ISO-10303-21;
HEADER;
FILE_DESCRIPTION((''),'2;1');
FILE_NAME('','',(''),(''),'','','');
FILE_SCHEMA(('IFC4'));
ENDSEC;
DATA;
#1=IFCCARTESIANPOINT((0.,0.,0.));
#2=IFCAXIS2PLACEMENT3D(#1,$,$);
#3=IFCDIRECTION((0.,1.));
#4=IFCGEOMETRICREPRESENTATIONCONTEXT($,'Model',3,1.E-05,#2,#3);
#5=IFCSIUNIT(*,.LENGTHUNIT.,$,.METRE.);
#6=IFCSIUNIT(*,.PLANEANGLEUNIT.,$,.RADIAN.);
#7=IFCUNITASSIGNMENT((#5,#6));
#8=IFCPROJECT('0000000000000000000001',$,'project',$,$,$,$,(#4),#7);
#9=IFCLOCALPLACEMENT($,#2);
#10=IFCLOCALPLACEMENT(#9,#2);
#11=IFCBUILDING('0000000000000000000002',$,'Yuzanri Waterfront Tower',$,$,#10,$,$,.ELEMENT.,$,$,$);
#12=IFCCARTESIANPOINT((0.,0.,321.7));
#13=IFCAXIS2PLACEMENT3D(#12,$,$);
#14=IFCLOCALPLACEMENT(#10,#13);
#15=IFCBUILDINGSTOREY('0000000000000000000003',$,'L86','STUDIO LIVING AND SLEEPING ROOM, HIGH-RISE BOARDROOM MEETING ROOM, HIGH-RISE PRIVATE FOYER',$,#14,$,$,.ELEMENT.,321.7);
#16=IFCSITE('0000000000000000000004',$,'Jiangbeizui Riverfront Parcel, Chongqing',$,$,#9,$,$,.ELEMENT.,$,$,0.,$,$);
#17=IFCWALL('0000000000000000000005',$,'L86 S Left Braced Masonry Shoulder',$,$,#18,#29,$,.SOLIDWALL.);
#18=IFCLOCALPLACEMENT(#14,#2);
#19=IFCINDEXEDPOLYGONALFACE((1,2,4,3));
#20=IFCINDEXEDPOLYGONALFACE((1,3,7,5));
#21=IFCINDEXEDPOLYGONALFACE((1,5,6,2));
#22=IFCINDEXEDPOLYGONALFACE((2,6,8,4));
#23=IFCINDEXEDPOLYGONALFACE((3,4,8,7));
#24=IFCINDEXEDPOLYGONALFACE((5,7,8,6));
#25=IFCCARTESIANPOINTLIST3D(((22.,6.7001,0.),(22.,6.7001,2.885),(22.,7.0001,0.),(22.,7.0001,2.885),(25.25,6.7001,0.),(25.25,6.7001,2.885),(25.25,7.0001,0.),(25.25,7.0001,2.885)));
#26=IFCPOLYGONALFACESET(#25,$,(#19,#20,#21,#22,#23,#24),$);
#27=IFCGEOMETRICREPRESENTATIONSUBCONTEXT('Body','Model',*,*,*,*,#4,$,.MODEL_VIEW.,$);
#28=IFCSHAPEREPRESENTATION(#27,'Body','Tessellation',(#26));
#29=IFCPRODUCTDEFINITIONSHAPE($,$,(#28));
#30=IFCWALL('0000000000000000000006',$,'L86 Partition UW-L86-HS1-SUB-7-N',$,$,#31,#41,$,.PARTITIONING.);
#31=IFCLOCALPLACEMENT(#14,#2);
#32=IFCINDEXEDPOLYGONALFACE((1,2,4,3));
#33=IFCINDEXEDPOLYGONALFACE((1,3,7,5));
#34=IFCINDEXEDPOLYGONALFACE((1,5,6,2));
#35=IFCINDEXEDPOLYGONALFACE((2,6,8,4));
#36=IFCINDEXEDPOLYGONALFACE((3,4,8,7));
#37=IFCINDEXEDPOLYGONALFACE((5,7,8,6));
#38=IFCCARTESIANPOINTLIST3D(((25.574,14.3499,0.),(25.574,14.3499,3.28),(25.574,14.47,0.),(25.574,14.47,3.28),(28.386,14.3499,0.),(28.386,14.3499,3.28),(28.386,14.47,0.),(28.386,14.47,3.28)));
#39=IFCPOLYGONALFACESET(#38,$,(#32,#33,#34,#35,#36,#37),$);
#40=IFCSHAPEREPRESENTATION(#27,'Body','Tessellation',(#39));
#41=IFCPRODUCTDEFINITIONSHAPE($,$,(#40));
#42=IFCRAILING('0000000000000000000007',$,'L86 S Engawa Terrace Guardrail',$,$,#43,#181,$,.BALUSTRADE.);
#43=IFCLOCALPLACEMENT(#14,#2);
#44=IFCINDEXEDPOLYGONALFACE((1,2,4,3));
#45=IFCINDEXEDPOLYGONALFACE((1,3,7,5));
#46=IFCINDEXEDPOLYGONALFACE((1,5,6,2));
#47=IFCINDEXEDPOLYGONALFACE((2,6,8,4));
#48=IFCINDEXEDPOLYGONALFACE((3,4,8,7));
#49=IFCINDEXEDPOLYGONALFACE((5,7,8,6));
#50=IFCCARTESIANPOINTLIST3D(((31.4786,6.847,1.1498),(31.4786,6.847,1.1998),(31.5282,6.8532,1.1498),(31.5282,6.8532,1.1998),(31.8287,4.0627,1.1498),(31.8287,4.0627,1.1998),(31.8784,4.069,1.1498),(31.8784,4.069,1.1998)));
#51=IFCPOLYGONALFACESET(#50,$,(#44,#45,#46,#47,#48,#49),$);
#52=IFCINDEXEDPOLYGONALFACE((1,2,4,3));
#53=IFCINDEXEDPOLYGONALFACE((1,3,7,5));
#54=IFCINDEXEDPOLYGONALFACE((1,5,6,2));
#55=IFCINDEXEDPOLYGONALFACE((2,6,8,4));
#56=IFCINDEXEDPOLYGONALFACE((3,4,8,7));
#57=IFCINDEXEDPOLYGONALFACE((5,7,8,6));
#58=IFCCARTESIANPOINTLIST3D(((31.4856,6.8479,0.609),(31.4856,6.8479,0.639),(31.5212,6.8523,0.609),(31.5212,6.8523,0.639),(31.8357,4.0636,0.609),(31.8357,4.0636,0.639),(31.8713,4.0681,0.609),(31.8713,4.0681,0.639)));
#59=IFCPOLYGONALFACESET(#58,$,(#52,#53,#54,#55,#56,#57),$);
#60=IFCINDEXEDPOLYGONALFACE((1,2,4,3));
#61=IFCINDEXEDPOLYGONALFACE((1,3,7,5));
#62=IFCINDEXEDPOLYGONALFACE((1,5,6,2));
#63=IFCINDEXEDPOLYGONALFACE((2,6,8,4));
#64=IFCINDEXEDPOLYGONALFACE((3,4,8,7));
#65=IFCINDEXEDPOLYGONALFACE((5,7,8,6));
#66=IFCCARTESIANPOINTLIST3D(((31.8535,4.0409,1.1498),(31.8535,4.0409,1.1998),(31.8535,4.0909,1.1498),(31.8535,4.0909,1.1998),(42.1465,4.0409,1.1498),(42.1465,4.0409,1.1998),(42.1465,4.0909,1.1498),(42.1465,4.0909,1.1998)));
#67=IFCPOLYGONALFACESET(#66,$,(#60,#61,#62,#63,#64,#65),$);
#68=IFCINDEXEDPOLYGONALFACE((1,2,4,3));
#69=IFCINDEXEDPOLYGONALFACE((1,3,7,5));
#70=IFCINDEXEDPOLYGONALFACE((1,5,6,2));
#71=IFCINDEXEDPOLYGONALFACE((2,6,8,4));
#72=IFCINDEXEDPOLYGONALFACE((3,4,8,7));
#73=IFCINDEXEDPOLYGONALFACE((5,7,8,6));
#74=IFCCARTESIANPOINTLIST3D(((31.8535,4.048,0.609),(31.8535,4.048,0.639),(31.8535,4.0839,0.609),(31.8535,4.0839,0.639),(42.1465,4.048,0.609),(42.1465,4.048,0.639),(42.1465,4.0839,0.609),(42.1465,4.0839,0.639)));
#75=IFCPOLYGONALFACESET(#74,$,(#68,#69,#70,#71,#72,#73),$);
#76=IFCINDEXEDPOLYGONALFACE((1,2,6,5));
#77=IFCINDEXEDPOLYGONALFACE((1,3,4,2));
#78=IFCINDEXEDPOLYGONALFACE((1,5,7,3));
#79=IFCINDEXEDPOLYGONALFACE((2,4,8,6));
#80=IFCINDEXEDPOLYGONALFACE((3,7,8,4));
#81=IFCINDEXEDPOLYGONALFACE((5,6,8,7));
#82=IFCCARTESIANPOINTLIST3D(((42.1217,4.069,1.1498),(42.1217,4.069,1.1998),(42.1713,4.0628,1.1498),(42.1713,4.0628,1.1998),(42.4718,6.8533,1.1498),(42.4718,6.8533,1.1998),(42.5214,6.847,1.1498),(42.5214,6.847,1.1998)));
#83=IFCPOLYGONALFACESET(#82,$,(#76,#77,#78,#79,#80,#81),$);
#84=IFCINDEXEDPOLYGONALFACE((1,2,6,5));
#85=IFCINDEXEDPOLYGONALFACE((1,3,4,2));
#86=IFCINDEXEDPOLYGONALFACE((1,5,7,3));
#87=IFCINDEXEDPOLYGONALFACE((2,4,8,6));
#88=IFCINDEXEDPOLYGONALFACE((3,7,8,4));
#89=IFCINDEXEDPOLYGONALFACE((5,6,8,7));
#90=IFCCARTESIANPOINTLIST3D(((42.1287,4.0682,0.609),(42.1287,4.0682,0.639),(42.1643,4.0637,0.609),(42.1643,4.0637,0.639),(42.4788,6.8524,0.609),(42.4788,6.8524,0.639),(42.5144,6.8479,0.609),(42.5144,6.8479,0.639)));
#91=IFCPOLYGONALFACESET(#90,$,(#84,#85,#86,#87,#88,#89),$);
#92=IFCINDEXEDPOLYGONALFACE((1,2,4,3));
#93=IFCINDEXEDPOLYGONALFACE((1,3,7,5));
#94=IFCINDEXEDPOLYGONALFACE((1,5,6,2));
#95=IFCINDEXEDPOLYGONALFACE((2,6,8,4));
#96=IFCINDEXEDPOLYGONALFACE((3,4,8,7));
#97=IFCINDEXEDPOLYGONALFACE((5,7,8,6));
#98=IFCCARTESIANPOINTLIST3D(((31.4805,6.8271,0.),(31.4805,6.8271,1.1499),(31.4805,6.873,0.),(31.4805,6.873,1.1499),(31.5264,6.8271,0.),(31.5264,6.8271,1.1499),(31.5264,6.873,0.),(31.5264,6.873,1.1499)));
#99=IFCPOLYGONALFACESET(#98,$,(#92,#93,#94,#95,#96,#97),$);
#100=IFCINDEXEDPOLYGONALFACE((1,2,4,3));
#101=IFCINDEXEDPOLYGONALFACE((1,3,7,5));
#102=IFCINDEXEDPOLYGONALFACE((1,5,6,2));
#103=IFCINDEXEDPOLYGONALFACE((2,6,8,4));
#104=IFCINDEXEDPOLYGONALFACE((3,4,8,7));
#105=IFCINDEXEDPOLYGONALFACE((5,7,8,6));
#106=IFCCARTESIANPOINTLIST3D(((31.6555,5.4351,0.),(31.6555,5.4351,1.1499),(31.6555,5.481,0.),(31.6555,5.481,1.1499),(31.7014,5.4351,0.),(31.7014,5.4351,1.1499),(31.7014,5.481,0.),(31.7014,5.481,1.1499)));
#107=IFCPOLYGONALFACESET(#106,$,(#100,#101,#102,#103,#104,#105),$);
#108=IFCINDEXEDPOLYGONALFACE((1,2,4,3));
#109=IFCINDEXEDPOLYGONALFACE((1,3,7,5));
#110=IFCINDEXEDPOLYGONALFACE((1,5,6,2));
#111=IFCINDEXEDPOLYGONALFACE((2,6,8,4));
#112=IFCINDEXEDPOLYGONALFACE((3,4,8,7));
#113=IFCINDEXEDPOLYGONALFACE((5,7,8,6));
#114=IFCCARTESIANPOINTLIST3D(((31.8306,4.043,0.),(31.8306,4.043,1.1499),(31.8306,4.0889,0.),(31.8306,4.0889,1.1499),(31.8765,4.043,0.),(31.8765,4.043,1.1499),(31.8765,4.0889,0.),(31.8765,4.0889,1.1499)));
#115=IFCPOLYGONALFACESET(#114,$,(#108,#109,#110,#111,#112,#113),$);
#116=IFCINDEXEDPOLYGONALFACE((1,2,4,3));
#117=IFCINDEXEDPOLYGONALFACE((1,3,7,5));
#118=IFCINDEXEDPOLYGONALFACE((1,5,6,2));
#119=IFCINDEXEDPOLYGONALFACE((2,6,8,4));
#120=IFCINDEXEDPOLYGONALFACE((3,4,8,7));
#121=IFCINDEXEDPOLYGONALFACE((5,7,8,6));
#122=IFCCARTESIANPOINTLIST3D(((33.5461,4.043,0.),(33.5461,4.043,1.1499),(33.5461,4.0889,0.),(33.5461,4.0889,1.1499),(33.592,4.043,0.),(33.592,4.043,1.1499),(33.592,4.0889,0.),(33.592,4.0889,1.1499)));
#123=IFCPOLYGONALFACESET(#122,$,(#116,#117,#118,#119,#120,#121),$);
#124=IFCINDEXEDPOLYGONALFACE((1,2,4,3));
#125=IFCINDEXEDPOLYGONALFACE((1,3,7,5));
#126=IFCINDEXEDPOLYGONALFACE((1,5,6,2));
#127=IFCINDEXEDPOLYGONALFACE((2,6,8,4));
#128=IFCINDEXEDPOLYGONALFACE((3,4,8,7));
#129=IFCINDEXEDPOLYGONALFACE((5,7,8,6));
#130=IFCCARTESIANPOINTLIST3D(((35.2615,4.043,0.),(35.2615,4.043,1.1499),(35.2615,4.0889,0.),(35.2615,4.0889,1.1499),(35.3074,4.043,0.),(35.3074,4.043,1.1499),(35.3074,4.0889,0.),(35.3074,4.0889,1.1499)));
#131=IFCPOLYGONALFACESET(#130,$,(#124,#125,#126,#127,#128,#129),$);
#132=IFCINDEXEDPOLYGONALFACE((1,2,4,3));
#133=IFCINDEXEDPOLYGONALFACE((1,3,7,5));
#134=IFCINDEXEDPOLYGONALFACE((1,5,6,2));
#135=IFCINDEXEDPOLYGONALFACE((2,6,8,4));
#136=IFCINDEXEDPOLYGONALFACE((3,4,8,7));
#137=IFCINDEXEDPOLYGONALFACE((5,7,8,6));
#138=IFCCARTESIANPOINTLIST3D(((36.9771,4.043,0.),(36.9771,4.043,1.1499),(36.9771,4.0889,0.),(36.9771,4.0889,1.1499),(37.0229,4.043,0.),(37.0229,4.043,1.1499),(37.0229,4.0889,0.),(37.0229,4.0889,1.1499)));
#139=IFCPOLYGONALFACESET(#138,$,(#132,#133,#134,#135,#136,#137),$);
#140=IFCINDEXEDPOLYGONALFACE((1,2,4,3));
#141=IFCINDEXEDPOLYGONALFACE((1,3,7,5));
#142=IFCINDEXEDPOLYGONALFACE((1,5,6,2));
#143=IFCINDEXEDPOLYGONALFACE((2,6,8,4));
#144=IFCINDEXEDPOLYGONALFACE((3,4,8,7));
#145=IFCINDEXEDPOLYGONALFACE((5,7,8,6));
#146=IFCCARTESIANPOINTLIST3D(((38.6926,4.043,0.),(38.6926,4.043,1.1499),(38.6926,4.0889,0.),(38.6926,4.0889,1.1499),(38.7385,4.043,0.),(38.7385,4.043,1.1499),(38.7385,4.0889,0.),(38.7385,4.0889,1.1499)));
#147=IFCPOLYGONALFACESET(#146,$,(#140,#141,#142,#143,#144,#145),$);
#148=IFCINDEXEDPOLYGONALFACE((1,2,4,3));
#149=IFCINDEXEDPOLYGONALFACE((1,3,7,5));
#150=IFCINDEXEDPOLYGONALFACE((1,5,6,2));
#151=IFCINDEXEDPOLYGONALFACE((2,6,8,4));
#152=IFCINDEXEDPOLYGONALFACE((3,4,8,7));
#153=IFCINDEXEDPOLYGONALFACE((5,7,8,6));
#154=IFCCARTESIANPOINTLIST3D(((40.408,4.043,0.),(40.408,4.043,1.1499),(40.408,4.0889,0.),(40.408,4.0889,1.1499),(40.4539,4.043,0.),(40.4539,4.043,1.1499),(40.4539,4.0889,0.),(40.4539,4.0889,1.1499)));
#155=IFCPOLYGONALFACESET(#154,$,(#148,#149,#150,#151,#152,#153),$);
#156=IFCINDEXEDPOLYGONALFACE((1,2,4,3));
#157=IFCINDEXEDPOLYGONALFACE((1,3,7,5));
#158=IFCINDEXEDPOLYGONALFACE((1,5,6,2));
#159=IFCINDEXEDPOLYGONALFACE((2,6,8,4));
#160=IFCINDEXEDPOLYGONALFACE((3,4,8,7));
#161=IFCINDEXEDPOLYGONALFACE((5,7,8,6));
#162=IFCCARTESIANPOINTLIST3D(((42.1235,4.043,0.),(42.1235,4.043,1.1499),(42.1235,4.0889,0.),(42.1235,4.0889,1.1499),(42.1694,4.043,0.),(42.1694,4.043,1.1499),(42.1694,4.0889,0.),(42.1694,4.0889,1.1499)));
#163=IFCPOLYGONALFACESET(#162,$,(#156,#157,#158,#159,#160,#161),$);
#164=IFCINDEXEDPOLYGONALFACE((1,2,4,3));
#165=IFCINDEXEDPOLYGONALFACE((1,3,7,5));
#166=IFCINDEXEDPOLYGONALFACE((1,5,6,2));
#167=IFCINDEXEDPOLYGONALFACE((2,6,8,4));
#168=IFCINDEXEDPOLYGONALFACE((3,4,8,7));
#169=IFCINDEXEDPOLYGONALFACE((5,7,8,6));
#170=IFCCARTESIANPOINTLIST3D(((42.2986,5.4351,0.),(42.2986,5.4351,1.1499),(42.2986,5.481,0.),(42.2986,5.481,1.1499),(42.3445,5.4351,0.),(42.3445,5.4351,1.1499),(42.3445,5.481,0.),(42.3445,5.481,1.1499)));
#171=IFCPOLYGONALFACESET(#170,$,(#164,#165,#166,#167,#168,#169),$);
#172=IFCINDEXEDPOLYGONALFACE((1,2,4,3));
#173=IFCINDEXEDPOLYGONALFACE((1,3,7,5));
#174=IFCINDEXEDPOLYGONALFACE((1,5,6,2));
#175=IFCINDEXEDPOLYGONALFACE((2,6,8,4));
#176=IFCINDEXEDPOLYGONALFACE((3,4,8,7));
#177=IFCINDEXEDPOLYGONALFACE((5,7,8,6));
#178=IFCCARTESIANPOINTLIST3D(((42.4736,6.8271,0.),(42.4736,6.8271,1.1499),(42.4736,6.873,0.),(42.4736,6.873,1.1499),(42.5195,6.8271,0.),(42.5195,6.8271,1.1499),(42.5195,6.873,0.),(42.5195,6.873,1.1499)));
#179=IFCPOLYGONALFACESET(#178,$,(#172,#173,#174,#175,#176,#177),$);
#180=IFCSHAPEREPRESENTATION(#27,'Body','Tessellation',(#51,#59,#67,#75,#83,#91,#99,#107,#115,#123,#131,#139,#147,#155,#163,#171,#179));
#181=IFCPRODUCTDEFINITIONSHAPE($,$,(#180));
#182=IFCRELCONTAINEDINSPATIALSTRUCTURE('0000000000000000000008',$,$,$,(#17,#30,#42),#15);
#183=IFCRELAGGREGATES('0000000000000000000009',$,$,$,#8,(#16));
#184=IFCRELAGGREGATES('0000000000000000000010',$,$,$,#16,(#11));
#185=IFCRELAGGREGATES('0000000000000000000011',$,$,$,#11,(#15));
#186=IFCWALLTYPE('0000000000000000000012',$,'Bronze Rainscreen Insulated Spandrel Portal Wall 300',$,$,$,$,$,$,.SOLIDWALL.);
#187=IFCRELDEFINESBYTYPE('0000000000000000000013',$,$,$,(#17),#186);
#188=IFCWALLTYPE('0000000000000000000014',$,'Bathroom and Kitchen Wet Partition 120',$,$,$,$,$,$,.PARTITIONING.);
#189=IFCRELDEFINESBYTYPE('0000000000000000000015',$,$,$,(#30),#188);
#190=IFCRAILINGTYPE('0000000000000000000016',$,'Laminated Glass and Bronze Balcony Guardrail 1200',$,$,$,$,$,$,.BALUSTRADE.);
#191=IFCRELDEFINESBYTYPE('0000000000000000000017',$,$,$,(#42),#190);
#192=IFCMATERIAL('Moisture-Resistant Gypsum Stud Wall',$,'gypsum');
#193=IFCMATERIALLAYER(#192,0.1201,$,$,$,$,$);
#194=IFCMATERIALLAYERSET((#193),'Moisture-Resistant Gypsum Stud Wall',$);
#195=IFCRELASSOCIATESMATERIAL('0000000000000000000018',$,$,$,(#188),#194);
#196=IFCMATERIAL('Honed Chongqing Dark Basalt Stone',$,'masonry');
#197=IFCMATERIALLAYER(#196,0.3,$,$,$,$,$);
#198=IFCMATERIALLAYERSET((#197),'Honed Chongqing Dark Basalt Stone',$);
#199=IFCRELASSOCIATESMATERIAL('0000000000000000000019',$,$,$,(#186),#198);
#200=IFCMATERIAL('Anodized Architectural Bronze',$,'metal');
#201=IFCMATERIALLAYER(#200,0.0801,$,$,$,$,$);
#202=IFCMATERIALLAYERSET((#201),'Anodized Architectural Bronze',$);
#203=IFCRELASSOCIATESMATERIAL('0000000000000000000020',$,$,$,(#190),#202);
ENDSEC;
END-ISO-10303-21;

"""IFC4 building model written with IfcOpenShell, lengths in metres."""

from ifc_helpers import new_model, si_unit, direction, frame, frame_2d, origin, origin_2d, place, context, subcontext, project, spatial, rectangle, extrude, source, transform, mapped, material, layer, layer_set, type_object, element, save


model = new_model("IFC4")

# Units and contexts
model_context = context("Model", 3, precision=1e-05, world=origin(), true_north=direction((0.0, 1.0)))
body_context = subcontext(model_context, "Body", "Model", "MODEL_VIEW")
ifc_project = project(units=[si_unit("LENGTHUNIT", "METRE"), si_unit("PLANEANGLEUNIT", "RADIAN")], contexts=[model_context])

# Site, building, storey
site_placement = place(None, origin())
site = spatial("IfcSite", under=ifc_project, at=site_placement, Name="Jiangbeizui Riverfront Parcel, Chongqing", CompositionType="ELEMENT", RefElevation=0.0)
building_placement = place(site_placement, origin())
building = spatial("IfcBuilding", under=site, at=building_placement, Name="Yuzanri Waterfront Tower", CompositionType="ELEMENT")
storey_placement = place(building_placement, frame((0.0, 0.0, 321.7)))
storey = spatial("IfcBuildingStorey", under=building, at=storey_placement, Name="L86", Description="STUDIO LIVING AND SLEEPING ROOM, HIGH-RISE BOARDROOM MEETING ROOM, HIGH-RISE PRIVATE FOYER", CompositionType="ELEMENT", Elevation=321.7)

# Shared definitions
ifc_material_1 = material(Name="Moisture-Resistant Gypsum Stud Wall", Category="gypsum")
ifc_layer_1 = layer(ifc_material_1, 0.1201)
ifc_layer_set_1 = layer_set([ifc_layer_1], Name="Moisture-Resistant Gypsum Stud Wall")
wall_type_1 = type_object("IfcWallType", Name="Bathroom and Kitchen Wet Partition 120", PredefinedType="PARTITIONING", material=ifc_layer_set_1)

# Walls
ifc_material_2 = material(Name="Honed Chongqing Dark Basalt Stone", Category="masonry")
ifc_layer_2 = layer(ifc_material_2, 0.3)
ifc_layer_set_2 = layer_set([ifc_layer_2], Name="Honed Chongqing Dark Basalt Stone")
wall_type_2 = type_object("IfcWallType", Name="Bronze Rainscreen Insulated Spandrel Portal Wall 300", PredefinedType="SOLIDWALL", material=ifc_layer_set_2)
shared_shape_1 = source(origin(), body_context, "Body", "SweptSolid", [
    extrude(rectangle(XDim=3.25, YDim=0.3, at=frame_2d((1.625, 0.0))), origin(), (0.0, 0.0, 1.0), 2.885),
])
wall_1_placement = place(storey_placement, frame((22.0, 6.8501, 0.0), z_axis=(0.0, 0.0, 1.0), x_axis=(1.0, 0.0, 0.0)))
element("IfcWall", 1, at=wall_1_placement, inside=storey, type_object=wall_type_2, Name="L86 S Left Braced Masonry Shoulder", PredefinedType="SOLIDWALL", context=body_context, shape_type="MappedRepresentation", body=[
    mapped(shared_shape_1, transform((0.0, 0.0, 0.0), scale=1.0)),
])
shared_shape_2 = source(origin(), body_context, "Body", "SweptSolid", [
    extrude(rectangle(XDim=2.812, YDim=0.1201, at=frame_2d((1.406, 0.0))), origin(), (0.0, 0.0, 1.0), 3.28),
])
wall_2_placement = place(storey_placement, frame((25.574, 14.4099, 0.0), z_axis=(0.0, 0.0, 1.0), x_axis=(1.0, 0.0, 0.0)))
element("IfcWall", 2, at=wall_2_placement, inside=storey, type_object=wall_type_1, Name="L86 Partition UW-L86-HS1-SUB-7-N", PredefinedType="PARTITIONING", context=body_context, shape_type="MappedRepresentation", body=[
    mapped(shared_shape_2, transform((0.0, 0.0, 0.0), scale=1.0)),
])

# Railing
ifc_material_3 = material(Name="Anodized Architectural Bronze", Category="metal")
ifc_layer_3 = layer(ifc_material_3, 0.0801)
ifc_layer_set_3 = layer_set([ifc_layer_3], Name="Anodized Architectural Bronze")
railing_type = type_object("IfcRailingType", Name="Laminated Glass and Bronze Balcony Guardrail 1200", PredefinedType="BALUSTRADE", material=ifc_layer_set_3)
shared_shape_3 = source(origin(), body_context, "Body", "SweptSolid", [
    extrude(rectangle(XDim=0.05, YDim=0.05, at=origin_2d()), frame((0.0, 0.0, 1.1748), z_axis=(0.124763, -0.992187, 0.0), x_axis=(0.992187, 0.124763, 0.0)), (0.0, 0.0, 1.0), 2.8062),
    extrude(rectangle(XDim=0.0359, YDim=0.03, at=origin_2d()), frame((0.0, 0.0, 0.624), z_axis=(0.124763, -0.992187, 0.0), x_axis=(0.992187, 0.124763, 0.0)), (0.0, 0.0, 1.0), 2.8062),
    extrude(rectangle(XDim=0.05, YDim=0.05, at=origin_2d()), frame((0.3501, -2.7842, 1.1748), z_axis=(1.0, 0.0, 0.0), x_axis=(0.0, 1.0, 0.0)), (0.0, 0.0, 1.0), 10.293),
    extrude(rectangle(XDim=0.0359, YDim=0.03, at=origin_2d()), frame((0.3501, -2.7842, 0.624), z_axis=(1.0, 0.0, 0.0), x_axis=(0.0, 1.0, 0.0)), (0.0, 0.0, 1.0), 10.293),
    extrude(rectangle(XDim=0.05, YDim=0.05, at=origin_2d()), frame((10.6431, -2.7842, 1.1748), z_axis=(0.124763, 0.992187, 0.0), x_axis=(-0.992187, 0.124763, 0.0)), (0.0, 0.0, 1.0), 2.8062),
    extrude(rectangle(XDim=0.0359, YDim=0.03, at=origin_2d()), frame((10.6431, -2.7842, 0.624), z_axis=(0.124763, 0.992187, 0.0), x_axis=(-0.992187, 0.124763, 0.0)), (0.0, 0.0, 1.0), 2.8062),
    extrude(rectangle(XDim=0.0459, YDim=0.0459, at=origin_2d()), origin(), (0.0, 0.0, 1.0), 1.1499),
    extrude(rectangle(XDim=0.0459, YDim=0.0459, at=origin_2d()), frame((0.175, -1.3921, 0.0)), (0.0, 0.0, 1.0), 1.1499),
    extrude(rectangle(XDim=0.0459, YDim=0.0459, at=origin_2d()), frame((0.3501, -2.7842, 0.0)), (0.0, 0.0, 1.0), 1.1499),
    extrude(rectangle(XDim=0.0459, YDim=0.0459, at=origin_2d()), frame((2.0657, -2.7842, 0.0)), (0.0, 0.0, 1.0), 1.1499),
    extrude(rectangle(XDim=0.0459, YDim=0.0459, at=origin_2d()), frame((3.781, -2.7842, 0.0)), (0.0, 0.0, 1.0), 1.1499),
    extrude(rectangle(XDim=0.0459, YDim=0.0459, at=origin_2d()), frame((5.4966, -2.7842, 0.0)), (0.0, 0.0, 1.0), 1.1499),
    extrude(rectangle(XDim=0.0459, YDim=0.0459, at=origin_2d()), frame((7.2122, -2.7842, 0.0)), (0.0, 0.0, 1.0), 1.1499),
    extrude(rectangle(XDim=0.0459, YDim=0.0459, at=origin_2d()), frame((8.9275, -2.7842, 0.0)), (0.0, 0.0, 1.0), 1.1499),
    extrude(rectangle(XDim=0.0459, YDim=0.0459, at=origin_2d()), frame((10.6431, -2.7842, 0.0)), (0.0, 0.0, 1.0), 1.1499),
    extrude(rectangle(XDim=0.0459, YDim=0.0459, at=origin_2d()), frame((10.8181, -1.3921, 0.0)), (0.0, 0.0, 1.0), 1.1499),
    extrude(rectangle(XDim=0.0459, YDim=0.0459, at=origin_2d()), frame((10.9932, 0.0, 0.0)), (0.0, 0.0, 1.0), 1.1499),
])
railing_placement = place(storey_placement, frame((31.5034, 6.8501, 0.0)))
element("IfcRailing", 3, at=railing_placement, inside=storey, type_object=railing_type, Name="L86 S Engawa Terrace Guardrail", PredefinedType="BALUSTRADE", context=body_context, shape_type="MappedRepresentation", body=[
    mapped(shared_shape_3, transform((0.0, 0.0, 0.0), scale=1.0)),
])

save(model, "model.ifc")
